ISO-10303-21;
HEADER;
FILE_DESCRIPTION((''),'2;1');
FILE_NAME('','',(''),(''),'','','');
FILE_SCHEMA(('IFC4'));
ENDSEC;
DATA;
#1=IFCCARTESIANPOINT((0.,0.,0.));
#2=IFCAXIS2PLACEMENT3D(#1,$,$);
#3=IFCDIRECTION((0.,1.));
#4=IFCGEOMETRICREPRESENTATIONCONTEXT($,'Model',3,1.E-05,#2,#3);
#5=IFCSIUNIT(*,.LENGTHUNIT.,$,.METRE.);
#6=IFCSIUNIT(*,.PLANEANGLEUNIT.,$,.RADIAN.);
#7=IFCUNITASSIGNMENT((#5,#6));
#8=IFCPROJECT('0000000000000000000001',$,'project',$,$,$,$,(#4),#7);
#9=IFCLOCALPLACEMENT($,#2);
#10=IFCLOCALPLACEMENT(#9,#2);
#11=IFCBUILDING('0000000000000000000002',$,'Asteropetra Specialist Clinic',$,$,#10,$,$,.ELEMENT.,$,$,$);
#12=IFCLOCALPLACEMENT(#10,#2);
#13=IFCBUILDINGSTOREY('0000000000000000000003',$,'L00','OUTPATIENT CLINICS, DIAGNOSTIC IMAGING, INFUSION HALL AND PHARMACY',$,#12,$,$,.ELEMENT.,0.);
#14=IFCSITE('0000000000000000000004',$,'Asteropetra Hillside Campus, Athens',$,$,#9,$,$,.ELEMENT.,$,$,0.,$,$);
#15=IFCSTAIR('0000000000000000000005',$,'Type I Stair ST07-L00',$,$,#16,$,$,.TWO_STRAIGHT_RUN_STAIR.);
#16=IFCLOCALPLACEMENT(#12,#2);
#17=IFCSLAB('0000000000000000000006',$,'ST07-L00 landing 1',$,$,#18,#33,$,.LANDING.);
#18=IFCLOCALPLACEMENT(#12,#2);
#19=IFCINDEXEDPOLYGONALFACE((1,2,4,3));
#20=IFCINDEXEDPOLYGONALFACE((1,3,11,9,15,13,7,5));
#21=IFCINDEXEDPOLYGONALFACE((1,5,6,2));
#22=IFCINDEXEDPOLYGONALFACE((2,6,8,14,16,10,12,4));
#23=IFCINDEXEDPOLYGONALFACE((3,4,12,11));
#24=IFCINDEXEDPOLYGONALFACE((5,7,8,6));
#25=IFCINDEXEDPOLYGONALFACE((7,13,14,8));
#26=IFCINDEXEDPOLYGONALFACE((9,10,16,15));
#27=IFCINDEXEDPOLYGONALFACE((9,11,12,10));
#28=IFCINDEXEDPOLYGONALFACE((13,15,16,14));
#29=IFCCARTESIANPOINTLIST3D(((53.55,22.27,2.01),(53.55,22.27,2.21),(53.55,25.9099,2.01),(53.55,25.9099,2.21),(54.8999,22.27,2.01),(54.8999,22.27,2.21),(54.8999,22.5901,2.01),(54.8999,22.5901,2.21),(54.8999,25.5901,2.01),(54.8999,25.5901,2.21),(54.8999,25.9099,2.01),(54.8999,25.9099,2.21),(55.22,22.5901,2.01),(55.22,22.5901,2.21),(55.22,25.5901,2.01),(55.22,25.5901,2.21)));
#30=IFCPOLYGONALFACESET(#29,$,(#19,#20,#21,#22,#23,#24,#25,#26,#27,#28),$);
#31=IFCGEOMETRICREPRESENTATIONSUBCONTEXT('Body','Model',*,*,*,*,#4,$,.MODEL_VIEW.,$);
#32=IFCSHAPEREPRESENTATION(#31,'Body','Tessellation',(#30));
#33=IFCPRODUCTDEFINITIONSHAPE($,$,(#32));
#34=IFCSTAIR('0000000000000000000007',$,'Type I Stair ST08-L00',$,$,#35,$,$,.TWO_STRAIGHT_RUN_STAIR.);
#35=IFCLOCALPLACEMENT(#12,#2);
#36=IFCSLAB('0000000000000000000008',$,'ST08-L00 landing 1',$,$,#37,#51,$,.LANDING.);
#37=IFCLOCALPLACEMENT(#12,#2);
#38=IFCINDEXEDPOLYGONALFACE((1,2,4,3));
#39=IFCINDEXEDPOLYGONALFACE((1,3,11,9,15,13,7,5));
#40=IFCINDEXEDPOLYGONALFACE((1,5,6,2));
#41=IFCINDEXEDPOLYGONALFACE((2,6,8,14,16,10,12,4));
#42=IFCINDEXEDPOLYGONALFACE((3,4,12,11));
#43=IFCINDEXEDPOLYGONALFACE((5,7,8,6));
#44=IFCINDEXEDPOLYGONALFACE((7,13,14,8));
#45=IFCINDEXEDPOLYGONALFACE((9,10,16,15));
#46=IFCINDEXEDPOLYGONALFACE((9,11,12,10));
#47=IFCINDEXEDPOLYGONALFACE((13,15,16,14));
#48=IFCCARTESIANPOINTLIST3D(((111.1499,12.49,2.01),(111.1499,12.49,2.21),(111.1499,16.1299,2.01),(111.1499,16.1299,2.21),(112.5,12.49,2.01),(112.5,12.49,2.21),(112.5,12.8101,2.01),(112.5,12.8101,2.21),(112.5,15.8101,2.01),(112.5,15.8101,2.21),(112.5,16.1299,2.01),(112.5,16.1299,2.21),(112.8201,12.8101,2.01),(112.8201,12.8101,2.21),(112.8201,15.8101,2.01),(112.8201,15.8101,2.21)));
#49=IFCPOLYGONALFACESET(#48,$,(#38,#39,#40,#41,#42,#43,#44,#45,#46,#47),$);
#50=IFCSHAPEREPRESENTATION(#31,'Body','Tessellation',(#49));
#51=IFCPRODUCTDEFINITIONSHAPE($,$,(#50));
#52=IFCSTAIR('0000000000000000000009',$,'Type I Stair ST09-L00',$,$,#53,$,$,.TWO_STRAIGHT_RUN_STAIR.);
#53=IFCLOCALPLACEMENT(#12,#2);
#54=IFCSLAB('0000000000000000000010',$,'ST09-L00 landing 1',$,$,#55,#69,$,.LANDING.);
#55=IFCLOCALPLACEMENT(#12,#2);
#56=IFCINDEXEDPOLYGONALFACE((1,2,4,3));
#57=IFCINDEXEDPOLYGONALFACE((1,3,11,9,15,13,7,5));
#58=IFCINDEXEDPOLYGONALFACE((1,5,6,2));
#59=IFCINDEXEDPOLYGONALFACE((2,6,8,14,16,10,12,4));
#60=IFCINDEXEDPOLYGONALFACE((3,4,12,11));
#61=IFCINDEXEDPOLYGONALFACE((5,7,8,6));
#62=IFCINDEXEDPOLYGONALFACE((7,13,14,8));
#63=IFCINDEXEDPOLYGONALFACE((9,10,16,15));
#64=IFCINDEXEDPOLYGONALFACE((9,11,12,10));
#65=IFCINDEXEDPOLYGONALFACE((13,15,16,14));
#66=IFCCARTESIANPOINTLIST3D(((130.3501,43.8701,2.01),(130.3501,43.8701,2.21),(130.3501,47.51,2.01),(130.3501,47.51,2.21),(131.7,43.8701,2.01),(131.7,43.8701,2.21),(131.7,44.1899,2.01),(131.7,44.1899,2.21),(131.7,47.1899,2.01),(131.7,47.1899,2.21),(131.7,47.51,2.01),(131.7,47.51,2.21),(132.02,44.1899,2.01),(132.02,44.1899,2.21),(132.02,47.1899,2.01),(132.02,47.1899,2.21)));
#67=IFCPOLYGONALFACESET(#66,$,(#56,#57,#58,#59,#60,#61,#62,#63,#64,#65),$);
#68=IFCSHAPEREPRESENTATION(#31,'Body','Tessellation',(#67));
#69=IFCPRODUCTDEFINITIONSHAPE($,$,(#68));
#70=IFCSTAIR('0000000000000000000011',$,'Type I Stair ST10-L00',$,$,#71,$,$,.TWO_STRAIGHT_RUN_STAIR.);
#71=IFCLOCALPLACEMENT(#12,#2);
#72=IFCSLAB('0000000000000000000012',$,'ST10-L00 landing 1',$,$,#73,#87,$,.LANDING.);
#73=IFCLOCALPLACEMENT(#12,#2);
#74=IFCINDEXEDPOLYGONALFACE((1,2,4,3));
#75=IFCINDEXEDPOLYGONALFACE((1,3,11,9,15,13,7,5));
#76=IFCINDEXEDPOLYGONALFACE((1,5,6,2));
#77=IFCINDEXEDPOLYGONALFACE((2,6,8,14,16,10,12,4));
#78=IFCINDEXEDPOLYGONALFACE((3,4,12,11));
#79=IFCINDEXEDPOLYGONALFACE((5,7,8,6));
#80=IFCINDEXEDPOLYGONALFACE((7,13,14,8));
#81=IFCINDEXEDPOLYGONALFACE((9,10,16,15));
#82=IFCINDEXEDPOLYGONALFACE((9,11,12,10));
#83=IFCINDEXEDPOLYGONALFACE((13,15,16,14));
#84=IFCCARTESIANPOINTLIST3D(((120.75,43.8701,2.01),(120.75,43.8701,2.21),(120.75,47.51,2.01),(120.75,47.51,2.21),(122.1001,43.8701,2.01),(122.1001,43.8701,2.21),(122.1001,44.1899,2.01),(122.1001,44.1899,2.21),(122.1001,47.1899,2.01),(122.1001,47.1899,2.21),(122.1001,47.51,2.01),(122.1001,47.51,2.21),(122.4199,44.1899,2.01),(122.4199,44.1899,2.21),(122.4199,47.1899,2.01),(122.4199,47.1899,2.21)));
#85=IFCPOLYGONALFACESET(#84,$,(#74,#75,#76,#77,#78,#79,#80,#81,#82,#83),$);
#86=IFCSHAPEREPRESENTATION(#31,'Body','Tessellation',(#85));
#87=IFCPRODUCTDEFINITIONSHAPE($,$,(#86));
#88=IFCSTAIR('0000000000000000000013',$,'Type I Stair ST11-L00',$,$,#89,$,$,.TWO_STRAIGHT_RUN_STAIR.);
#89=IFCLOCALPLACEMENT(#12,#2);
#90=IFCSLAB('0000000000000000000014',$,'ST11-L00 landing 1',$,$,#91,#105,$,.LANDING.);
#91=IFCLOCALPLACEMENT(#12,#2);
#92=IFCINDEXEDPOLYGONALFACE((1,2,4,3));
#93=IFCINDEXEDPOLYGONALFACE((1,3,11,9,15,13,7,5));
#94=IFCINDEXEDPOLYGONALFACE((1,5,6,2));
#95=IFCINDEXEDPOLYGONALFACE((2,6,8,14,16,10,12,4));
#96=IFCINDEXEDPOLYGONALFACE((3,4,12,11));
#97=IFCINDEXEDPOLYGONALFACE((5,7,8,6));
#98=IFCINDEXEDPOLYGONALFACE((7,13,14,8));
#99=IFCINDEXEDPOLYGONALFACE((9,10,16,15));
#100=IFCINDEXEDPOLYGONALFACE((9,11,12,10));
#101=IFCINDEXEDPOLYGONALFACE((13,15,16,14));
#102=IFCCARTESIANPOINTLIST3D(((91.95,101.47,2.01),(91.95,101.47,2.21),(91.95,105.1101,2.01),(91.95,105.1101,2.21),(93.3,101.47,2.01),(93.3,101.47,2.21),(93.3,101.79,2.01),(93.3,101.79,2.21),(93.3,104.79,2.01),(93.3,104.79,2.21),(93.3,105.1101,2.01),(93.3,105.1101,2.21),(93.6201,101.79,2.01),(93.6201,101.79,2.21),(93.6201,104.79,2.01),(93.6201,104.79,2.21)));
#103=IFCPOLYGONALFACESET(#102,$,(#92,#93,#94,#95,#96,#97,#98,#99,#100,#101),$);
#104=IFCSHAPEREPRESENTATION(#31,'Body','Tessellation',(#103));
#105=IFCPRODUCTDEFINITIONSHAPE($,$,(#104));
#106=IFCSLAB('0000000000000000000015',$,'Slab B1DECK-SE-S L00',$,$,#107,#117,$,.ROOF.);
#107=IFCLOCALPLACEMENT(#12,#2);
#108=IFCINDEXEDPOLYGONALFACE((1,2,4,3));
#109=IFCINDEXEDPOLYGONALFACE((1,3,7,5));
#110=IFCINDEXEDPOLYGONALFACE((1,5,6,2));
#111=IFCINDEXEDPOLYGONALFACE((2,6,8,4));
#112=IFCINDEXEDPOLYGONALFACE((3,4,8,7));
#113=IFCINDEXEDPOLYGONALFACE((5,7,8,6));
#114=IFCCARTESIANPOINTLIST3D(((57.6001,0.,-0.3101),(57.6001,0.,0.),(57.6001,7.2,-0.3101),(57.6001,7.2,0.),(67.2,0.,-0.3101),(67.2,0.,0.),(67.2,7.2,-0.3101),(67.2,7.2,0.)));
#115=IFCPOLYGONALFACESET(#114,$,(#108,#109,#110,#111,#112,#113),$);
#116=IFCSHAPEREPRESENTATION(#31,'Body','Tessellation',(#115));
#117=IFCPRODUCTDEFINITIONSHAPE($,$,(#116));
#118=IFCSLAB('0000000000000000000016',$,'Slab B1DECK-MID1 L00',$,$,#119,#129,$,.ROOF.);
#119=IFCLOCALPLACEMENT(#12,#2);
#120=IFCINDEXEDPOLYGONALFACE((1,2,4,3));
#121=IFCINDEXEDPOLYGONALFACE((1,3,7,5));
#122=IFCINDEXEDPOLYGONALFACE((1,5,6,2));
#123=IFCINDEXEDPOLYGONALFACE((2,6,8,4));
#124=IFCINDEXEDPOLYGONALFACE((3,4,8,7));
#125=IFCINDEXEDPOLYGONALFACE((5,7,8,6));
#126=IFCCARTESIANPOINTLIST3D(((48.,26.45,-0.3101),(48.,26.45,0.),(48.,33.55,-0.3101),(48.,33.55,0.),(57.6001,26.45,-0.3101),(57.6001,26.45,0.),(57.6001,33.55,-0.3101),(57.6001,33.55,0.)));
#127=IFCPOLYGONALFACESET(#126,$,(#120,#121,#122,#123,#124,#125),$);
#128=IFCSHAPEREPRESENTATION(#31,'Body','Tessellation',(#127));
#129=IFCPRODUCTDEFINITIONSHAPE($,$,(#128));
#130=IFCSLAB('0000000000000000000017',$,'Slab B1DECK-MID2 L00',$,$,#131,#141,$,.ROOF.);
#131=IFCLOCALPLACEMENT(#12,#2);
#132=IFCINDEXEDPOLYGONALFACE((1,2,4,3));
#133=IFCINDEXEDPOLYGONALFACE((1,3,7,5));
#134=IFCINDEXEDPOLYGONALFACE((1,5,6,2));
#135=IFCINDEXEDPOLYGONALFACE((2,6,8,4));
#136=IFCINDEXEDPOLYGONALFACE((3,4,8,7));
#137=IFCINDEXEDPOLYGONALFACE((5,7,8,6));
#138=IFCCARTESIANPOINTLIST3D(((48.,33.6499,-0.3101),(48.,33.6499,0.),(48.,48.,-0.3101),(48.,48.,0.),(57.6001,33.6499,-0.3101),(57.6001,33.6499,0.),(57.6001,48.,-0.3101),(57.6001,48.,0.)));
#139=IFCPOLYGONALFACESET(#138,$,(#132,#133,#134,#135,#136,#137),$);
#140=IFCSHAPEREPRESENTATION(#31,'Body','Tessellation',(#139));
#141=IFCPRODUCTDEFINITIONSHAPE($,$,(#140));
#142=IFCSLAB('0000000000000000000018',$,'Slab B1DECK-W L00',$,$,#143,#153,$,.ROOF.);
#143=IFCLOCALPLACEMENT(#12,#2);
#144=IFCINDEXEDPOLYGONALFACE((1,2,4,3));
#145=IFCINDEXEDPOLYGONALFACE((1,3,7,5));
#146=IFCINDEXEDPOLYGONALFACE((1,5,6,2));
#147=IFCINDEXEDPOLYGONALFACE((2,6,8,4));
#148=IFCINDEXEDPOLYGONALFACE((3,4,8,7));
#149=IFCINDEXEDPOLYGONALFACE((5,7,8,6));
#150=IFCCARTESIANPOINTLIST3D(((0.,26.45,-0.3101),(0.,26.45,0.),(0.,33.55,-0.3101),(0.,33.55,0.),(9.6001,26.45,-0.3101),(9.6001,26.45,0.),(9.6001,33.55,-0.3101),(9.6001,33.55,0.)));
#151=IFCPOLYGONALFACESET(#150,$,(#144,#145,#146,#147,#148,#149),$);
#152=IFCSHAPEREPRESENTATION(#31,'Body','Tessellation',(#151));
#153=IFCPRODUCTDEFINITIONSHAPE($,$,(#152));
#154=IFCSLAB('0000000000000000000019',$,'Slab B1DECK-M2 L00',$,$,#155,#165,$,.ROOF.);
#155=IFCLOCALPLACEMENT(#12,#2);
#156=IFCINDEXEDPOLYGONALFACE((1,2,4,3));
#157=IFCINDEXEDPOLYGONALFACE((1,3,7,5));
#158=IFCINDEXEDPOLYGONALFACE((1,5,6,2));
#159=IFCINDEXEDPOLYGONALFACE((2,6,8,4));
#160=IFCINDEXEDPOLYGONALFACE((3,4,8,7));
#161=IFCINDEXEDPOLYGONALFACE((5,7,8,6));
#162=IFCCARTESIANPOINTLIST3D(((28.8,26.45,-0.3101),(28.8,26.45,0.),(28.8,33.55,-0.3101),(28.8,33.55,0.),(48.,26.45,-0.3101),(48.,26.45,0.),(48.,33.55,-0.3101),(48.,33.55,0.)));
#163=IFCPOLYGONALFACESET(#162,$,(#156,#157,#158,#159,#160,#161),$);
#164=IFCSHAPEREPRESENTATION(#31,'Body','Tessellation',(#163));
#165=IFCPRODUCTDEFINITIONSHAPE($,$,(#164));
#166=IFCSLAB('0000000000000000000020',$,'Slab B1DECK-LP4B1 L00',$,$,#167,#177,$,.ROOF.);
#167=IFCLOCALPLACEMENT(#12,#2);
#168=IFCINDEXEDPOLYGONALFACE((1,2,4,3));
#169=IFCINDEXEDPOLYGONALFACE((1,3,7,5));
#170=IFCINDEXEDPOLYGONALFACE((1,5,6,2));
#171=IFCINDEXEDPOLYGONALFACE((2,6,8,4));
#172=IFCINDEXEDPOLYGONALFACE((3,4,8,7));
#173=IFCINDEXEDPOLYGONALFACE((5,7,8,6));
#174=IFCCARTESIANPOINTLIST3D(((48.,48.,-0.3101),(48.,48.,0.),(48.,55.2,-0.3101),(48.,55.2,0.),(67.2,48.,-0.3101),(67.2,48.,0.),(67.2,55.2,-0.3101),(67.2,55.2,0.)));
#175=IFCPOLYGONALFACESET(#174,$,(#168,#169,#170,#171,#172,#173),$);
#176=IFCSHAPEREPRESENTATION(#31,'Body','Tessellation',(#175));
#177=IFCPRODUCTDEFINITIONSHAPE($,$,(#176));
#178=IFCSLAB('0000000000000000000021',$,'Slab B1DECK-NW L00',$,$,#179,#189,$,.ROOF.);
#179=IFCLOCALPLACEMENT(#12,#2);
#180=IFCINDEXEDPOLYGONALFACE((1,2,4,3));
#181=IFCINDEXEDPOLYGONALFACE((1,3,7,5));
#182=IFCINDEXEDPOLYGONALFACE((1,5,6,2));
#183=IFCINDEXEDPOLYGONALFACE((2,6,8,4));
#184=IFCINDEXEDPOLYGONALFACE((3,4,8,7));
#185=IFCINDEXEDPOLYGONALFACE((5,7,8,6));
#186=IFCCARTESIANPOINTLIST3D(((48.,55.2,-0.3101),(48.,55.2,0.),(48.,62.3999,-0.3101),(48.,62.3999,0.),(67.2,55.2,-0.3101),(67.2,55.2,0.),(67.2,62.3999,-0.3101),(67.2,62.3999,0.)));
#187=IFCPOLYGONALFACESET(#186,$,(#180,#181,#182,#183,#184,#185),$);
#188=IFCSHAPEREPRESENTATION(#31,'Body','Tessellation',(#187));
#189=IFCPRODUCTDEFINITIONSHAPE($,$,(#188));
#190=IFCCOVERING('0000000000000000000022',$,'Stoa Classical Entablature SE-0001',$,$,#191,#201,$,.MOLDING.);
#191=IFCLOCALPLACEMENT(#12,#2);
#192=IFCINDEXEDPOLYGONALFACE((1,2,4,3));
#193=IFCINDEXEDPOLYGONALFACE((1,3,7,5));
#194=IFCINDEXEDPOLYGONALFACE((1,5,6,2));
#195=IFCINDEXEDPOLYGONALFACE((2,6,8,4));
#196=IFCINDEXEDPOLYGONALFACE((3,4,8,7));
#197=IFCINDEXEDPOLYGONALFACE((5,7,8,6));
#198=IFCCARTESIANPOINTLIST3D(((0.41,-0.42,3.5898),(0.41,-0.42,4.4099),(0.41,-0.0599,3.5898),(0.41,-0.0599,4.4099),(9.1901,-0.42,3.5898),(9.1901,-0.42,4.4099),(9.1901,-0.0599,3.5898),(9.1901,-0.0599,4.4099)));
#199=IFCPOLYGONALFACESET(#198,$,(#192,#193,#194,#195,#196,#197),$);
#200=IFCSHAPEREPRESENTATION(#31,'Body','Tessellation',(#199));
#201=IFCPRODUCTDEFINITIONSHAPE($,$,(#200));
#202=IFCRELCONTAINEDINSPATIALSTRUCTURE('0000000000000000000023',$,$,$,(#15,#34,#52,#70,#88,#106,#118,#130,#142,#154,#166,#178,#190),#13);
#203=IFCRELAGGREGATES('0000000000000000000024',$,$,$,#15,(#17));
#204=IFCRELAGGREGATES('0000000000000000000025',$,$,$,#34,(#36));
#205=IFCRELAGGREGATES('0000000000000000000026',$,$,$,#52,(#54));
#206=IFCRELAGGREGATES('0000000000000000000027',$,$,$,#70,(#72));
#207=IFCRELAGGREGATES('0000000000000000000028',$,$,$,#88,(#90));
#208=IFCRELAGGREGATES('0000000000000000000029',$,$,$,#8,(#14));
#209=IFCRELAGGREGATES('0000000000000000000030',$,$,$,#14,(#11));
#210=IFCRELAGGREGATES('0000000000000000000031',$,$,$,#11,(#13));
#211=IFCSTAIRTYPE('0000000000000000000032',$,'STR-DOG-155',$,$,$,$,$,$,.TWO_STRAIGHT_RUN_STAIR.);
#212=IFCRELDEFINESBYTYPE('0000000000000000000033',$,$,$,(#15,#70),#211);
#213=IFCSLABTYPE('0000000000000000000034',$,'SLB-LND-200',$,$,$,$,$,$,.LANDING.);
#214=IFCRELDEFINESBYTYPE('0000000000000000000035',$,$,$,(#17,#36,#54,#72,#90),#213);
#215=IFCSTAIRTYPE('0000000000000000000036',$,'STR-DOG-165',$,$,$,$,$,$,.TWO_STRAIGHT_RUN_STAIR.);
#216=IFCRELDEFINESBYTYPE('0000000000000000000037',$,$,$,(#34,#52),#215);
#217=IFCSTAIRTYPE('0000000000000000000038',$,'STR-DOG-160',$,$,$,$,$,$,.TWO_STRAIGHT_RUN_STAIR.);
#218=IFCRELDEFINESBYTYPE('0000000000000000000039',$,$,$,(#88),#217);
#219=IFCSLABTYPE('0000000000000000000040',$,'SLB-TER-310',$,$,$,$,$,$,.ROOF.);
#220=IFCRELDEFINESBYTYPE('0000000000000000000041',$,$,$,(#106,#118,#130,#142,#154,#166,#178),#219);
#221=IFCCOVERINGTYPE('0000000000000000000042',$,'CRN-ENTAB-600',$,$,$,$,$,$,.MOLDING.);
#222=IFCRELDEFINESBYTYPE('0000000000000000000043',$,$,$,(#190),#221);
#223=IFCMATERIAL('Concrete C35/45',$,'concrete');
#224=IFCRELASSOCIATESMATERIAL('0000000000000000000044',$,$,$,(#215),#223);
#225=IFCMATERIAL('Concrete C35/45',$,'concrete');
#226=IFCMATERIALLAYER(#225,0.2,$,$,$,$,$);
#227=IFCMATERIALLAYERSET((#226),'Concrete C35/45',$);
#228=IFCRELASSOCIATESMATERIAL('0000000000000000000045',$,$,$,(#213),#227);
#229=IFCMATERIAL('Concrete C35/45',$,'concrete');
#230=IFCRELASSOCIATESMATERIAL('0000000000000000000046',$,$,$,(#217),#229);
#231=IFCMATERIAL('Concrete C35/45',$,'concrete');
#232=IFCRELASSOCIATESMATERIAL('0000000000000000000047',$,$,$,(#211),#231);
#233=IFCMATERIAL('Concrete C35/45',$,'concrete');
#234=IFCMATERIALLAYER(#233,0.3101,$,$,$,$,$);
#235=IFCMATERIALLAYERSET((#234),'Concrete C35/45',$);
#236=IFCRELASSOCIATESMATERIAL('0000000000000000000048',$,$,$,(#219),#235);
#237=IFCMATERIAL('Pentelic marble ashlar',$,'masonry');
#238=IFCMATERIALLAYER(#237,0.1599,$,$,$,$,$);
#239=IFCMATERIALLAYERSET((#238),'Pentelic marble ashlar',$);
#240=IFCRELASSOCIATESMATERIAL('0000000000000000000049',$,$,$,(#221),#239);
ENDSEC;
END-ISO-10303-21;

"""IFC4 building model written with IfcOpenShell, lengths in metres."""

from ifc_helpers import new_model, si_unit, direction, frame, origin, origin_2d, place, context, subcontext, project, spatial, polyline, rectangle, outline, extrude, material, layer, layer_set, type_object, element, aggregate, save


model = new_model("IFC4")

# Units and contexts
model_context = context("Model", 3, precision=1e-05, world=origin(), true_north=direction((0.0, 1.0)))
body_context = subcontext(model_context, "Body", "Model", "MODEL_VIEW")
ifc_project = project(units=[si_unit("LENGTHUNIT", "METRE"), si_unit("PLANEANGLEUNIT", "RADIAN")], contexts=[model_context])

# Site, building, storey
site_placement = place(None, origin())
site = spatial("IfcSite", under=ifc_project, at=site_placement, Name="Asteropetra Hillside Campus, Athens", CompositionType="ELEMENT", RefElevation=0.0)
building_placement = place(site_placement, origin())
building = spatial("IfcBuilding", under=site, at=building_placement, Name="Asteropetra Specialist Clinic", CompositionType="ELEMENT")
storey_placement = place(building_placement, origin())
storey = spatial("IfcBuildingStorey", under=building, at=storey_placement, Name="L00", Description="OUTPATIENT CLINICS, DIAGNOSTIC IMAGING, INFUSION HALL AND PHARMACY", CompositionType="ELEMENT", Elevation=0.0)

# Stairs, slabs
ifc_material_1 = material(Name="Concrete C35/45", Category="concrete")
stair_type_1 = type_object("IfcStairType", Name="STR-DOG-165", PredefinedType="TWO_STRAIGHT_RUN_STAIR", material=ifc_material_1)
ifc_material_2 = material(Name="Concrete C35/45", Category="concrete")
ifc_layer_1 = layer(ifc_material_2, 0.2)
ifc_layer_set_1 = layer_set([ifc_layer_1], Name="Concrete C35/45")
slab_type_1 = type_object("IfcSlabType", Name="SLB-LND-200", PredefinedType="LANDING", material=ifc_layer_set_1)
ifc_material_3 = material(Name="Concrete C35/45", Category="concrete")
stair_type_2 = type_object("IfcStairType", Name="STR-DOG-160", PredefinedType="TWO_STRAIGHT_RUN_STAIR", material=ifc_material_3)
ifc_material_4 = material(Name="Concrete C35/45", Category="concrete")
stair_type_3 = type_object("IfcStairType", Name="STR-DOG-155", PredefinedType="TWO_STRAIGHT_RUN_STAIR", material=ifc_material_4)
stair_1_placement = place(storey_placement, origin())
stair_1 = element("IfcStair", 1, at=stair_1_placement, inside=storey, type_object=stair_type_3, Name="Type I Stair ST07-L00", PredefinedType="TWO_STRAIGHT_RUN_STAIR")
slab_1_placement = place(storey_placement, frame((0.0, 0.0, 2.01)))
slab_1 = element("IfcSlab", 2, at=slab_1_placement, type_object=slab_type_1, Name="ST07-L00 landing 1", PredefinedType="LANDING", context=body_context, shape_type="SweptSolid", body=[
    extrude(outline(polyline([(53.55, 22.27), (54.8999, 22.27), (54.8999, 22.5901), (55.22, 22.5901), (55.22, 25.5901), (54.8999, 25.5901), (54.8999, 25.9099), (53.55, 25.9099), (53.55, 22.27)])), origin(), (0.0, 0.0, 1.0), 0.2),
])
aggregate(stair_1, [slab_1])
stair_2_placement = place(storey_placement, origin())
stair_2 = element("IfcStair", 3, at=stair_2_placement, inside=storey, type_object=stair_type_1, Name="Type I Stair ST08-L00", PredefinedType="TWO_STRAIGHT_RUN_STAIR")
slab_2_placement = place(storey_placement, frame((0.0, 0.0, 2.01)))
slab_2 = element("IfcSlab", 4, at=slab_2_placement, type_object=slab_type_1, Name="ST08-L00 landing 1", PredefinedType="LANDING", context=body_context, shape_type="SweptSolid", body=[
    extrude(outline(polyline([(111.1499, 12.49), (112.5, 12.49), (112.5, 12.8101), (112.8201, 12.8101), (112.8201, 15.8101), (112.5, 15.8101), (112.5, 16.1299), (111.1499, 16.1299), (111.1499, 12.49)])), origin(), (0.0, 0.0, 1.0), 0.2),
])
aggregate(stair_2, [slab_2])
stair_3_placement = place(storey_placement, origin())
stair_3 = element("IfcStair", 5, at=stair_3_placement, inside=storey, type_object=stair_type_1, Name="Type I Stair ST09-L00", PredefinedType="TWO_STRAIGHT_RUN_STAIR")
slab_3_placement = place(storey_placement, frame((0.0, 0.0, 2.01)))
slab_3 = element("IfcSlab", 6, at=slab_3_placement, type_object=slab_type_1, Name="ST09-L00 landing 1", PredefinedType="LANDING", context=body_context, shape_type="SweptSolid", body=[
    extrude(outline(polyline([(130.3501, 43.8701), (131.7, 43.8701), (131.7, 44.1899), (132.02, 44.1899), (132.02, 47.1899), (131.7, 47.1899), (131.7, 47.51), (130.3501, 47.51), (130.3501, 43.8701)])), origin(), (0.0, 0.0, 1.0), 0.2),
])
aggregate(stair_3, [slab_3])
stair_4_placement = place(storey_placement, origin())
stair_4 = element("IfcStair", 7, at=stair_4_placement, inside=storey, type_object=stair_type_3, Name="Type I Stair ST10-L00", PredefinedType="TWO_STRAIGHT_RUN_STAIR")
slab_4_placement = place(storey_placement, frame((0.0, 0.0, 2.01)))
slab_4 = element("IfcSlab", 8, at=slab_4_placement, type_object=slab_type_1, Name="ST10-L00 landing 1", PredefinedType="LANDING", context=body_context, shape_type="SweptSolid", body=[
    extrude(outline(polyline([(120.75, 43.8701), (122.1001, 43.8701), (122.1001, 44.1899), (122.4199, 44.1899), (122.4199, 47.1899), (122.1001, 47.1899), (122.1001, 47.51), (120.75, 47.51), (120.75, 43.8701)])), origin(), (0.0, 0.0, 1.0), 0.2),
])
aggregate(stair_4, [slab_4])
stair_5_placement = place(storey_placement, origin())
stair_5 = element("IfcStair", 9, at=stair_5_placement, inside=storey, type_object=stair_type_2, Name="Type I Stair ST11-L00", PredefinedType="TWO_STRAIGHT_RUN_STAIR")
slab_5_placement = place(storey_placement, frame((0.0, 0.0, 2.01)))
slab_5 = element("IfcSlab", 10, at=slab_5_placement, type_object=slab_type_1, Name="ST11-L00 landing 1", PredefinedType="LANDING", context=body_context, shape_type="SweptSolid", body=[
    extrude(outline(polyline([(91.95, 101.47), (93.3, 101.47), (93.3, 101.79), (93.6201, 101.79), (93.6201, 104.79), (93.3, 104.79), (93.3, 105.1101), (91.95, 105.1101), (91.95, 101.47)])), origin(), (0.0, 0.0, 1.0), 0.2),
])
aggregate(stair_5, [slab_5])

# Slabs
ifc_material_5 = material(Name="Concrete C35/45", Category="concrete")
ifc_layer_2 = layer(ifc_material_5, 0.3101)
ifc_layer_set_2 = layer_set([ifc_layer_2], Name="Concrete C35/45")
slab_type_2 = type_object("IfcSlabType", Name="SLB-TER-310", PredefinedType="ROOF", material=ifc_layer_set_2)
slab_6_placement = place(storey_placement, frame((0.0, 0.0, -0.3101)))
element("IfcSlab", 11, at=slab_6_placement, inside=storey, type_object=slab_type_2, Name="Slab B1DECK-SE-S L00", PredefinedType="ROOF", context=body_context, shape_type="SweptSolid", body=[
    extrude(outline(polyline([(57.6001, 0.0), (67.2, 0.0), (67.2, 7.2), (57.6001, 7.2), (57.6001, 0.0)])), origin(), (0.0, 0.0, 1.0), 0.3101),
])
slab_7_placement = place(storey_placement, frame((0.0, 0.0, -0.3101)))
element("IfcSlab", 12, at=slab_7_placement, inside=storey, type_object=slab_type_2, Name="Slab B1DECK-MID1 L00", PredefinedType="ROOF", context=body_context, shape_type="SweptSolid", body=[
    extrude(outline(polyline([(48.0, 26.45), (57.6001, 26.45), (57.6001, 33.55), (48.0, 33.55), (48.0, 26.45)])), origin(), (0.0, 0.0, 1.0), 0.3101),
])
slab_8_placement = place(storey_placement, frame((0.0, 0.0, -0.3101)))
element("IfcSlab", 13, at=slab_8_placement, inside=storey, type_object=slab_type_2, Name="Slab B1DECK-MID2 L00", PredefinedType="ROOF", context=body_context, shape_type="SweptSolid", body=[
    extrude(outline(polyline([(48.0, 33.6499), (57.6001, 33.6499), (57.6001, 48.0), (48.0, 48.0), (48.0, 33.6499)])), origin(), (0.0, 0.0, 1.0), 0.3101),
])
slab_9_placement = place(storey_placement, frame((0.0, 0.0, -0.3101)))
element("IfcSlab", 14, at=slab_9_placement, inside=storey, type_object=slab_type_2, Name="Slab B1DECK-W L00", PredefinedType="ROOF", context=body_context, shape_type="SweptSolid", body=[
    extrude(outline(polyline([(0.0, 26.45), (9.6001, 26.45), (9.6001, 33.55), (0.0, 33.55), (0.0, 26.45)])), origin(), (0.0, 0.0, 1.0), 0.3101),
])
slab_10_placement = place(storey_placement, frame((0.0, 0.0, -0.3101)))
element("IfcSlab", 15, at=slab_10_placement, inside=storey, type_object=slab_type_2, Name="Slab B1DECK-M2 L00", PredefinedType="ROOF", context=body_context, shape_type="SweptSolid", body=[
    extrude(outline(polyline([(28.8, 26.45), (48.0, 26.45), (48.0, 33.55), (28.8, 33.55), (28.8, 26.45)])), origin(), (0.0, 0.0, 1.0), 0.3101),
])
slab_11_placement = place(storey_placement, frame((0.0, 0.0, -0.3101)))
element("IfcSlab", 16, at=slab_11_placement, inside=storey, type_object=slab_type_2, Name="Slab B1DECK-LP4B1 L00", PredefinedType="ROOF", context=body_context, shape_type="SweptSolid", body=[
    extrude(outline(polyline([(48.0, 48.0), (67.2, 48.0), (67.2, 55.2), (48.0, 55.2), (48.0, 48.0)])), origin(), (0.0, 0.0, 1.0), 0.3101),
])
slab_12_placement = place(storey_placement, frame((0.0, 0.0, -0.3101)))
element("IfcSlab", 17, at=slab_12_placement, inside=storey, type_object=slab_type_2, Name="Slab B1DECK-NW L00", PredefinedType="ROOF", context=body_context, shape_type="SweptSolid", body=[
    extrude(outline(polyline([(48.0, 55.2), (67.2, 55.2), (67.2, 62.3999), (48.0, 62.3999), (48.0, 55.2)])), origin(), (0.0, 0.0, 1.0), 0.3101),
])

# Covering
ifc_material_6 = material(Name="Pentelic marble ashlar", Category="masonry")
ifc_layer_3 = layer(ifc_material_6, 0.1599)
ifc_layer_set_3 = layer_set([ifc_layer_3], Name="Pentelic marble ashlar")
covering_type_1 = type_object("IfcCoveringType", Name="CRN-ENTAB-600", PredefinedType="MOLDING", material=ifc_layer_set_3)
covering_1_placement = place(storey_placement, frame((4.8, -0.24, 3.5898), z_axis=(0.0, 0.0, 1.0), x_axis=(1.0, 0.0, 0.0)))
element("IfcCovering", 18, at=covering_1_placement, inside=storey, type_object=covering_type_1, Name="Stoa Classical Entablature SE-0001", PredefinedType="MOLDING", context=body_context, shape_type="SweptSolid", body=[
    extrude(rectangle(XDim=8.78, YDim=0.3601, at=origin_2d()), origin(), (0.0, 0.0, 1.0), 0.8201),
])

save(model, "model.ifc")
